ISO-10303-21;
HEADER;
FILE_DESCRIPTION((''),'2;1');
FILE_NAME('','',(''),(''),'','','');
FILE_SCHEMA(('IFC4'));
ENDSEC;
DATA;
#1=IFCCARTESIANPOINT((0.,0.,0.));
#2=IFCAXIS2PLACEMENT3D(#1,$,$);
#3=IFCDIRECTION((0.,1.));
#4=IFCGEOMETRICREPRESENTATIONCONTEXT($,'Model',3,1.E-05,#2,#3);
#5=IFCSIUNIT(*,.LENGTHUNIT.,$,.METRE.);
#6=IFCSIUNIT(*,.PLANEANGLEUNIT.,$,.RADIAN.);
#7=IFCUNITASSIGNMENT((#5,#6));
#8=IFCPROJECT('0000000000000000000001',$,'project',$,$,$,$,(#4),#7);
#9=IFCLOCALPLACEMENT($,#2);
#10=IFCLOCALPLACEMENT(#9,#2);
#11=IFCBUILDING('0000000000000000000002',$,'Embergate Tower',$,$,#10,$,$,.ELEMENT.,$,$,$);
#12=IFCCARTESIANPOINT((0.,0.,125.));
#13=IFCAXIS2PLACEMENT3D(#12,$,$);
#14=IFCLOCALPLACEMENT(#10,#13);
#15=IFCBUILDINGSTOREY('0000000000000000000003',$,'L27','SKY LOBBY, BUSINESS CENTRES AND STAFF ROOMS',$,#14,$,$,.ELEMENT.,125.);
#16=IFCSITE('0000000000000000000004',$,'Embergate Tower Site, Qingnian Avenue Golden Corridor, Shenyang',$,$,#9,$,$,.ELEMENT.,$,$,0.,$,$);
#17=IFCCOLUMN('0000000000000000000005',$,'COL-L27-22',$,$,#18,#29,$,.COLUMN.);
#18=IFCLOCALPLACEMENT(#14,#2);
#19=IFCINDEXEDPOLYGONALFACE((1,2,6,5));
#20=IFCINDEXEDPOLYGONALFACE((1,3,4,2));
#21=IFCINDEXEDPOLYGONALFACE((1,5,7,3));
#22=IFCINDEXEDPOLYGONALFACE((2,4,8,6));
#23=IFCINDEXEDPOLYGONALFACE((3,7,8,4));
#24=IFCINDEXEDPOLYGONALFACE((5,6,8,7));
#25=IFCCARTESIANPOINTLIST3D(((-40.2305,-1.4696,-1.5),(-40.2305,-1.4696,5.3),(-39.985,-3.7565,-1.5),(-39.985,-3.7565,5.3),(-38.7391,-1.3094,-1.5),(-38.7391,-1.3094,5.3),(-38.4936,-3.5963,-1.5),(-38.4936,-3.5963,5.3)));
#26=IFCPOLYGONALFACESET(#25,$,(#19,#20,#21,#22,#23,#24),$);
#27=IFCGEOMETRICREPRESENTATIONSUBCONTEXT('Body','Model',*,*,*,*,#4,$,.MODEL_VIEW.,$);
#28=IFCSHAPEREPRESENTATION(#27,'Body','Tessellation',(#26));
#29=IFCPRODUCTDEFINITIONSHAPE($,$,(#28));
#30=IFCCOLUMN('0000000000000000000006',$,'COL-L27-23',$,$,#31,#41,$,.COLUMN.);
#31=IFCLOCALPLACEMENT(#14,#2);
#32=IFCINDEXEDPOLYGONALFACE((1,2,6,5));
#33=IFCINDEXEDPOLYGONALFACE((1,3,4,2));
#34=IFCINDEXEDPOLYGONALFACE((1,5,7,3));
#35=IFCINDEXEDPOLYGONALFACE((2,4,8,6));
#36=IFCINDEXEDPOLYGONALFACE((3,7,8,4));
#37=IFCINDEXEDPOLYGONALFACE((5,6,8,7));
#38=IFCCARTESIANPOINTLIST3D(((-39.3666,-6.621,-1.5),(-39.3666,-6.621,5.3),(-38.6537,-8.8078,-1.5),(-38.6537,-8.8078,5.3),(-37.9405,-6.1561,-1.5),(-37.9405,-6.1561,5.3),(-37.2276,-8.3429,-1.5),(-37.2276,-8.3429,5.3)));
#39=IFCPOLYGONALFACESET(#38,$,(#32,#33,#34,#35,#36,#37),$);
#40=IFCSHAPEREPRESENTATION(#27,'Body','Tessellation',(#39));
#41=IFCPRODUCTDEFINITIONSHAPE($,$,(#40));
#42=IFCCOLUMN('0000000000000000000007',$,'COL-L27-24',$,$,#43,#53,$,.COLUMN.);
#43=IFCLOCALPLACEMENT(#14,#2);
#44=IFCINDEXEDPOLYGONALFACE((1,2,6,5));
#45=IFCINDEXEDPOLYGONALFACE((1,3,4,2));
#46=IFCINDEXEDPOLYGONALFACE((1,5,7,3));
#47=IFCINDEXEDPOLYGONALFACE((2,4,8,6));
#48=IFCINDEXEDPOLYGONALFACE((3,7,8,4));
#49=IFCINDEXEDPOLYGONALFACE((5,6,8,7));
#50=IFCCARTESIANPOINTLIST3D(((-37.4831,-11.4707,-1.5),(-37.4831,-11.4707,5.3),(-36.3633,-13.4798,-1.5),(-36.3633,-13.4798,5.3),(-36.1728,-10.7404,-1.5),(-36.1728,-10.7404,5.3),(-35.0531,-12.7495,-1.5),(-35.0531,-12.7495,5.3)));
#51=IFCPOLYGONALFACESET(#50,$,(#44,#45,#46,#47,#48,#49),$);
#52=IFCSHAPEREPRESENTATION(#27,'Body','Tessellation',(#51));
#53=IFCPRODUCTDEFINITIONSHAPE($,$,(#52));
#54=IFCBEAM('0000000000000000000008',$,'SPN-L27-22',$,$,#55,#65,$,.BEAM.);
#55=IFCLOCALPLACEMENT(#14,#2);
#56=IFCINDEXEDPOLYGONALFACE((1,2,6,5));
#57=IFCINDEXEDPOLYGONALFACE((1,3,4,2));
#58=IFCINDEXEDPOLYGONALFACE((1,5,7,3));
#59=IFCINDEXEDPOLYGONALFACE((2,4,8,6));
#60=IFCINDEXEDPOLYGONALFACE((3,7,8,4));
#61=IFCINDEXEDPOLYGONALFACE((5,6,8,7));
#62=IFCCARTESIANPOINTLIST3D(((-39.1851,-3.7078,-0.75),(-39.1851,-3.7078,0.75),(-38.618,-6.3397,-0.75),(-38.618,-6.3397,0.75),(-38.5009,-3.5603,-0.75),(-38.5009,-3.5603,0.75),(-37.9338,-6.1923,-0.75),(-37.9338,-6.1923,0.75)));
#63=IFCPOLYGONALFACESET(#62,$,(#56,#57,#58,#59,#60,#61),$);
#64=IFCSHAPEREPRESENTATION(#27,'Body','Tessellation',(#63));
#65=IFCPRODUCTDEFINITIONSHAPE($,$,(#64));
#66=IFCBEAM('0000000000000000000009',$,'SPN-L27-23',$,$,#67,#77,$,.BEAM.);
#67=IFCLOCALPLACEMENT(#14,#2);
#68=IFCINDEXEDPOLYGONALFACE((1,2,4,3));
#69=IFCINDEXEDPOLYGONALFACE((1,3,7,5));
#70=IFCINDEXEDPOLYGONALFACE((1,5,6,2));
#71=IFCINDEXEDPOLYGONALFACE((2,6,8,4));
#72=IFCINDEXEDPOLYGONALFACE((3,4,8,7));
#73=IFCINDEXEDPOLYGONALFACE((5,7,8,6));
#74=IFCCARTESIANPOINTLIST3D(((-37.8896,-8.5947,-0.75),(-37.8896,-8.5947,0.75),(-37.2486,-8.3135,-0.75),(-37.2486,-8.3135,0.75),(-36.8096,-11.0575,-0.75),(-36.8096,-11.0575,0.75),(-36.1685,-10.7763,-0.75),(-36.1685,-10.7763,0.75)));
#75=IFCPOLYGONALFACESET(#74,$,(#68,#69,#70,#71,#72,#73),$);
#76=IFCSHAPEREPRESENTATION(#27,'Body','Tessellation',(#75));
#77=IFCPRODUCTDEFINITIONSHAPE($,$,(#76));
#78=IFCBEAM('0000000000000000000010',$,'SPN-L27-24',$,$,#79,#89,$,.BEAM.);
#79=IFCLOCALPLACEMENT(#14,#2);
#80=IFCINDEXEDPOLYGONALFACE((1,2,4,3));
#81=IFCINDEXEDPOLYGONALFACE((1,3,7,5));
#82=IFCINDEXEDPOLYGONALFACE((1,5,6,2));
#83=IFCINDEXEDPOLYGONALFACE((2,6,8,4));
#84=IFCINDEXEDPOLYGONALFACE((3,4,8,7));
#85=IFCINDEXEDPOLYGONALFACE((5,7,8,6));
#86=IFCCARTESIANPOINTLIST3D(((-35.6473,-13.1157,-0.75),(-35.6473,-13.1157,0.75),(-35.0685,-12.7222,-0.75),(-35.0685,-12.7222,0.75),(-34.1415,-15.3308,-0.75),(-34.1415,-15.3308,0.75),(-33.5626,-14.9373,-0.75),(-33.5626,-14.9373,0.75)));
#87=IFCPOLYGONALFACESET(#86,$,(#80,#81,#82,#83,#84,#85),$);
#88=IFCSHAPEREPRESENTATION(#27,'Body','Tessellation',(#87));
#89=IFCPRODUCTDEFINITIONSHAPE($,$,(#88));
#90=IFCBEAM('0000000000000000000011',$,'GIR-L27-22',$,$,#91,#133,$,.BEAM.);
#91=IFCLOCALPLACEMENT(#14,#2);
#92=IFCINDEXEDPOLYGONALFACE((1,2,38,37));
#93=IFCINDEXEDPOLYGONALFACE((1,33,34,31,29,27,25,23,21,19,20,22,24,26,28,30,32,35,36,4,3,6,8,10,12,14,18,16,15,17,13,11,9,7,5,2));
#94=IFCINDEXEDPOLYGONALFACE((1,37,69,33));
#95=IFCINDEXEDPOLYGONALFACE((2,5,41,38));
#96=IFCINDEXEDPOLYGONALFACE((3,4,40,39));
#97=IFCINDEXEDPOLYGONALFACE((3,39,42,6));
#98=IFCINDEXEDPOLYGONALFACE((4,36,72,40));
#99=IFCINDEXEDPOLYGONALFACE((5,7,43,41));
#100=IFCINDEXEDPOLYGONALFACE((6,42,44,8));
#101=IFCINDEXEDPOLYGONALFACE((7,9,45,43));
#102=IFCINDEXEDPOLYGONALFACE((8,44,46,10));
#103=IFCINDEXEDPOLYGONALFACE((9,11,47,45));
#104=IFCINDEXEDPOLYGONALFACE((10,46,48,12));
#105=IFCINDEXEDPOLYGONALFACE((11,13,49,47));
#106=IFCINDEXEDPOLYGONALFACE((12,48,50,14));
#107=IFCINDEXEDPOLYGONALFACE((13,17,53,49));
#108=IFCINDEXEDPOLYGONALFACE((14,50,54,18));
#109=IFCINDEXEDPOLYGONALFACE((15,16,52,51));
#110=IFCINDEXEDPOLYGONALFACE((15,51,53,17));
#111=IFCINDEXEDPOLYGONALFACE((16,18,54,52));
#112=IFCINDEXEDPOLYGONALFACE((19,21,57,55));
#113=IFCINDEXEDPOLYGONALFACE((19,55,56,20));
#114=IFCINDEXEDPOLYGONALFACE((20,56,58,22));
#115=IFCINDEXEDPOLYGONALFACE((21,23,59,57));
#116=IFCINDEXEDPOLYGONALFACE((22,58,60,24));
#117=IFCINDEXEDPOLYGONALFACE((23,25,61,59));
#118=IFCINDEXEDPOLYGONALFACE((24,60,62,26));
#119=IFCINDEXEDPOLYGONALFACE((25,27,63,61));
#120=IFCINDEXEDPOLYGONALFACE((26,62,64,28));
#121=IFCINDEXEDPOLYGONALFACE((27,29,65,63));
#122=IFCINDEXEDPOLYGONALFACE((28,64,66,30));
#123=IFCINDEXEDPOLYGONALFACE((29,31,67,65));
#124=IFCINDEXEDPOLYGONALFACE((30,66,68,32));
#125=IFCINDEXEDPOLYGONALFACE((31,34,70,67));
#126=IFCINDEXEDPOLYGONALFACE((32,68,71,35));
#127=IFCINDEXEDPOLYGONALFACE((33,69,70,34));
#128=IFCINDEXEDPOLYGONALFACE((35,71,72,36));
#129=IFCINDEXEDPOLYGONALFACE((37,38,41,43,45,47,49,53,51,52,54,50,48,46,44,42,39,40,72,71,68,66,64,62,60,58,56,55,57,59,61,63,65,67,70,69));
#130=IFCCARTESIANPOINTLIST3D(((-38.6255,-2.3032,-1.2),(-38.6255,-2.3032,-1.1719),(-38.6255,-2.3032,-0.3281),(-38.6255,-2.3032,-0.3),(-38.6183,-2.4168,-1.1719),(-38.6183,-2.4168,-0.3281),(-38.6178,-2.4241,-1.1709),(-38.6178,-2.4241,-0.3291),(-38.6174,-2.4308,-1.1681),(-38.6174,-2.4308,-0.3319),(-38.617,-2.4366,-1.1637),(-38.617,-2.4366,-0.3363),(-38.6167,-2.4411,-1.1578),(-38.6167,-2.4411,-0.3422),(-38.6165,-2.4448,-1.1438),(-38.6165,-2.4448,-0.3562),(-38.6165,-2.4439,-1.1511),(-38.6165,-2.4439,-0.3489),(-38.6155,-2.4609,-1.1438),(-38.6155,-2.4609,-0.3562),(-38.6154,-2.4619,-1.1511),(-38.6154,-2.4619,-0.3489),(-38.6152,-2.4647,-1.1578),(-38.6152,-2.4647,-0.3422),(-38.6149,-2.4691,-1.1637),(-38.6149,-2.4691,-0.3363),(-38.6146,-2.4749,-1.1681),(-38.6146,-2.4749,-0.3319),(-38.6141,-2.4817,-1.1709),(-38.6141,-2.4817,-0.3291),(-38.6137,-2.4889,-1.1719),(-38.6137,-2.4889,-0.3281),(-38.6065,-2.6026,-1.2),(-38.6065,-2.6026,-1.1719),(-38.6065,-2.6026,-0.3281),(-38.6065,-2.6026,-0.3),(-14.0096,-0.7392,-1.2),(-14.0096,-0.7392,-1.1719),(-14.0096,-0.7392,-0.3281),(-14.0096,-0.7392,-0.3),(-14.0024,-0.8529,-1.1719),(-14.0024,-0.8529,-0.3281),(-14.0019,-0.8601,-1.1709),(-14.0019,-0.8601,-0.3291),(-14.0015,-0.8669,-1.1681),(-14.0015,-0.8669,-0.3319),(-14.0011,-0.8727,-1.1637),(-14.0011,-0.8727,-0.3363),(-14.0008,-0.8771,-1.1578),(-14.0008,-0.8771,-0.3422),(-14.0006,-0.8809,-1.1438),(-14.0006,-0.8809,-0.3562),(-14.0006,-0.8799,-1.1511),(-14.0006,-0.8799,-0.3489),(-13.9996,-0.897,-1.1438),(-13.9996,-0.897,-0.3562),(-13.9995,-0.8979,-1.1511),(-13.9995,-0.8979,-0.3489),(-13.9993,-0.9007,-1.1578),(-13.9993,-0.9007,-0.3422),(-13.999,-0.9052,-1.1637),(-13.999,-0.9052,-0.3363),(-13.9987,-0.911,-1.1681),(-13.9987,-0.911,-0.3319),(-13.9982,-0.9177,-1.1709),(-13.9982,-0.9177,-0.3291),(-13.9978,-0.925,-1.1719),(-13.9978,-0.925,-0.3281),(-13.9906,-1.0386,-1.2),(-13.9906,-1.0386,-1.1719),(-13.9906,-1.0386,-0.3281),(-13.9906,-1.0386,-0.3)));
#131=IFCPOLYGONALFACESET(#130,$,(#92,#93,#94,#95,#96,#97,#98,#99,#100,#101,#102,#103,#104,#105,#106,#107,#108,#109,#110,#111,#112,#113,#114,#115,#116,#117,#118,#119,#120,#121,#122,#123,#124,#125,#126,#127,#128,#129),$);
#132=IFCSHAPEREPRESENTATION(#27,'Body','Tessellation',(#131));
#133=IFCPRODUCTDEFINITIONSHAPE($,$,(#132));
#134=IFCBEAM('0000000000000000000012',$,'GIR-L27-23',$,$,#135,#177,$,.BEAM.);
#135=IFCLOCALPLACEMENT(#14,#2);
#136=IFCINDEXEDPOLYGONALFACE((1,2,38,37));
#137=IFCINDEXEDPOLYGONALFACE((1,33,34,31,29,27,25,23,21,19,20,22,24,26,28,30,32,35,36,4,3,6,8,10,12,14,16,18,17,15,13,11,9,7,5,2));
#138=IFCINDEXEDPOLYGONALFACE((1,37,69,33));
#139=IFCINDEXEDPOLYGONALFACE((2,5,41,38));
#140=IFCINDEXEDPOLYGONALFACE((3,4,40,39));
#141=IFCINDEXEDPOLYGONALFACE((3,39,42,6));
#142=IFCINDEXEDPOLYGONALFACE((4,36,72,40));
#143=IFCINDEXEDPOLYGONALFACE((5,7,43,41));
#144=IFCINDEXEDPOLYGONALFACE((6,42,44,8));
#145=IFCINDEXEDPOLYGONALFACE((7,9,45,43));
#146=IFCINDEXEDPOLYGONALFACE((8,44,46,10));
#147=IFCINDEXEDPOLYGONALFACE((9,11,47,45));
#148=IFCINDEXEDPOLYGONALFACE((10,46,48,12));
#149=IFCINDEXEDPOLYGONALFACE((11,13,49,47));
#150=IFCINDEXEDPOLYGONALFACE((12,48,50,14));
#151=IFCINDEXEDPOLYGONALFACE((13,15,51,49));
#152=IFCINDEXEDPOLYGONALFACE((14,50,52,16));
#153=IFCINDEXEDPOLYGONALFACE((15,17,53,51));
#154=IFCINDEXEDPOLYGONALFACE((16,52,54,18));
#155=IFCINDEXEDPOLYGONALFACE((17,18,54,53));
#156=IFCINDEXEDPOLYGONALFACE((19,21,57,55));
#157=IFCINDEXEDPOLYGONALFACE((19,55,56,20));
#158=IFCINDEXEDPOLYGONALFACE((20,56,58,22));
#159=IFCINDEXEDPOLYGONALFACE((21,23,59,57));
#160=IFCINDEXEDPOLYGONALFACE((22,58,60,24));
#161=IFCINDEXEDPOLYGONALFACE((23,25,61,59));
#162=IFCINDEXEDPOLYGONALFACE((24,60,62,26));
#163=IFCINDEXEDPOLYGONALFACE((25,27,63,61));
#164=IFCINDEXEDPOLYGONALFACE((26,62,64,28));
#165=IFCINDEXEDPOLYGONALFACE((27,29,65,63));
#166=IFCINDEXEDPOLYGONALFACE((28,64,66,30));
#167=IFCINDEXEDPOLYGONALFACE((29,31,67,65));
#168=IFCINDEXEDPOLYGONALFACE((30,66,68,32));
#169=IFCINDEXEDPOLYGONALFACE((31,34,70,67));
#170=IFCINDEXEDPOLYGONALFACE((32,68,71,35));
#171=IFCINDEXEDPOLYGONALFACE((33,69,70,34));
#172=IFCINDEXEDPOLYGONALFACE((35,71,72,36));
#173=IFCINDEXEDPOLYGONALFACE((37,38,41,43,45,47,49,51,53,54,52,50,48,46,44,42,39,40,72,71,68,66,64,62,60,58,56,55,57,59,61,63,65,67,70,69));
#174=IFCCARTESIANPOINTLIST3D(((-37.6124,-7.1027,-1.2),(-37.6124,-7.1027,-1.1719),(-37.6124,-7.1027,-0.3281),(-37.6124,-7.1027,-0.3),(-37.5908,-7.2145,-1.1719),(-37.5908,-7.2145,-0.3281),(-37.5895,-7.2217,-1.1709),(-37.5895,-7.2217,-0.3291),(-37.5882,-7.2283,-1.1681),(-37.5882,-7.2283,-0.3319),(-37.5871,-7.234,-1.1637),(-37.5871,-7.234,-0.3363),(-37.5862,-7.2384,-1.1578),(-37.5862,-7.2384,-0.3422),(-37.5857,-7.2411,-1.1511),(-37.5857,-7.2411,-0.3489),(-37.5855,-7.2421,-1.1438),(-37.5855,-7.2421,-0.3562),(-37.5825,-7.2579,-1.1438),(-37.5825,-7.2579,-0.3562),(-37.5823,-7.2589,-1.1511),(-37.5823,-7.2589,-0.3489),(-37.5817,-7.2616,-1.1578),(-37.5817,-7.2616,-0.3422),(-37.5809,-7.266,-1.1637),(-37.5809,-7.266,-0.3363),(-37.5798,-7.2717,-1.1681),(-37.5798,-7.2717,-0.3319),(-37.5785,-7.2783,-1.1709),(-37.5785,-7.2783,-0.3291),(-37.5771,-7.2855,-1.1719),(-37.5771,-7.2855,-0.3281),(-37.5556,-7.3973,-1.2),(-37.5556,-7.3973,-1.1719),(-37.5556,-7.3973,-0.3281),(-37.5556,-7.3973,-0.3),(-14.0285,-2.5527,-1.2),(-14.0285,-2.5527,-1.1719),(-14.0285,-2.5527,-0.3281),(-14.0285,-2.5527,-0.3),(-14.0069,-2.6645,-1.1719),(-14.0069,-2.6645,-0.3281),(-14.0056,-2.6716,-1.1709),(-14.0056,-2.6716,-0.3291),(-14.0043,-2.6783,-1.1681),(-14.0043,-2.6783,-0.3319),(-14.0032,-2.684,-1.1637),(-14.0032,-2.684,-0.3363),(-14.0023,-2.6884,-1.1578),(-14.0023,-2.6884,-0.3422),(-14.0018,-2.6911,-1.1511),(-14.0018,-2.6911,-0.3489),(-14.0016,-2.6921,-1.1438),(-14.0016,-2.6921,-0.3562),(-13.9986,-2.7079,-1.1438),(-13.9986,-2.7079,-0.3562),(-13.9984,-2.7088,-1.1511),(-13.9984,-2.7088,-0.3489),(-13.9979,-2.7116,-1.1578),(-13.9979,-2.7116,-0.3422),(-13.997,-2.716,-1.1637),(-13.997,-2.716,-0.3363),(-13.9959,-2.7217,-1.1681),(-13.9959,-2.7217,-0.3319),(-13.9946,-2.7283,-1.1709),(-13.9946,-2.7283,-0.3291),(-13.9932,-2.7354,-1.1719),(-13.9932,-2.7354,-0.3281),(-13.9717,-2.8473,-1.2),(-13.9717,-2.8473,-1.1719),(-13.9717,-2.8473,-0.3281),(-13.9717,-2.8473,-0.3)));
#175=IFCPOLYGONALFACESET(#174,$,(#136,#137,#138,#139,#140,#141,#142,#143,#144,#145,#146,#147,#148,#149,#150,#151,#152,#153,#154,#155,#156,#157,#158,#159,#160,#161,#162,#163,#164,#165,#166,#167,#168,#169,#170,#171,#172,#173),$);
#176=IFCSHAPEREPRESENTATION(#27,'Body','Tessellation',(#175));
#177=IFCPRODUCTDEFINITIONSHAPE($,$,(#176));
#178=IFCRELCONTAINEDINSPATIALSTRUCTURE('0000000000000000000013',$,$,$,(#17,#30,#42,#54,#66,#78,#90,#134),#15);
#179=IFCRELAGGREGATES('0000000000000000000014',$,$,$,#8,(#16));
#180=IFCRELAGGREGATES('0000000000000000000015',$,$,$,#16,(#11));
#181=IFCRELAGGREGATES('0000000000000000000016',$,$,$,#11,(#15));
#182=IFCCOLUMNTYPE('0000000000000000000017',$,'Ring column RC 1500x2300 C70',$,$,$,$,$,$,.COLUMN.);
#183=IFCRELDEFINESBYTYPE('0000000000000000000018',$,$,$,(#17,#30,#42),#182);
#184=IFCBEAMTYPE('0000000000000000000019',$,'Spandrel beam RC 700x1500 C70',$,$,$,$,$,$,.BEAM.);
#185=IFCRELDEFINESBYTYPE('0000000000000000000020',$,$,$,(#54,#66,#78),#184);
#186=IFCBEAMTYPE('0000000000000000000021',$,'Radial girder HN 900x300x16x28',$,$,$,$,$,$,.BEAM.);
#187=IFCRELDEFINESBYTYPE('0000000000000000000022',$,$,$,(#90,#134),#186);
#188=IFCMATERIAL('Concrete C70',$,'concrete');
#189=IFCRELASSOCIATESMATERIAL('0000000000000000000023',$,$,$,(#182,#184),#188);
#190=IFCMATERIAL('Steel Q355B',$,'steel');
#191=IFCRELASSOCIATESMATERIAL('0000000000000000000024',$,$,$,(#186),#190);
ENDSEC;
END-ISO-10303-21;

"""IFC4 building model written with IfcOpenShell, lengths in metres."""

from ifc_helpers import new_model, si_unit, direction, frame, origin, origin_2d, place, context, subcontext, project, spatial, rectangle, i_section, extrude, source, transform, mapped, material, material_profile, profile_set, type_object, element, save


model = new_model("IFC4")

# Units and contexts
model_context = context("Model", 3, precision=1e-05, world=origin(), true_north=direction((0.0, 1.0)))
body_context = subcontext(model_context, "Body", "Model", "MODEL_VIEW")
ifc_project = project(units=[si_unit("LENGTHUNIT", "METRE"), si_unit("PLANEANGLEUNIT", "RADIAN")], contexts=[model_context])

# Site, building, storey
site_placement = place(None, origin())
site = spatial("IfcSite", under=ifc_project, at=site_placement, Name="Embergate Tower Site, Qingnian Avenue Golden Corridor, Shenyang", CompositionType="ELEMENT", RefElevation=0.0)
building_placement = place(site_placement, origin())
building = spatial("IfcBuilding", under=site, at=building_placement, Name="Embergate Tower", CompositionType="ELEMENT")
storey_placement = place(building_placement, frame((0.0, 0.0, 125.0)))
storey = spatial("IfcBuildingStorey", under=building, at=storey_placement, Name="L27", Description="SKY LOBBY, BUSINESS CENTRES AND STAFF ROOMS", CompositionType="ELEMENT", Elevation=125.0)

# Columns
ifc_material_1 = material(Name="Concrete C70", Category="concrete")
ifc_material_profile_1 = material_profile(ifc_material_1, rectangle(XDim=1.5, YDim=2.3, at=origin_2d()), Name="RC 1500x2300")
ifc_profile_set_1 = profile_set([ifc_material_profile_1], Name="Concrete C70")
column_type = type_object("IfcColumnType", Name="Ring column RC 1500x2300 C70", PredefinedType="COLUMN", material=ifc_profile_set_1)
shared_shape_1 = source(origin(), body_context, "Body", "SweptSolid", [
    extrude(rectangle(XDim=1.5, YDim=2.3, at=origin_2d()), origin(), (0.0, 0.0, 1.0), 6.8),
])
for number, where, z_axis, x_axis, name in (
    (1, (-39.3621, -2.533, -1.5), (0.0, 0.0, 1.0), (-0.994286, -0.10675, 0.0), "COL-L27-22"),
    (2, (-38.2971, -7.4819, -1.5), (0.0, 0.0, 1.0), (-0.950754, -0.309946, 0.0), "COL-L27-23"),
    (3, (-36.2681, -12.1101, -1.5), (0.0, 0.0, 1.0), (-0.873492, -0.486839, 0.0), "COL-L27-24"),
):
    element("IfcColumn", number, at=place(storey_placement, frame(where, z_axis=z_axis, x_axis=x_axis)), inside=storey, type_object=column_type, Name=name, PredefinedType="COLUMN", context=body_context, shape_type="MappedRepresentation", body=[
        mapped(shared_shape_1, transform((0.0, 0.0, 0.0))),
    ])

# Beams
ifc_material_profile_2 = material_profile(ifc_material_1, rectangle(XDim=0.7, YDim=1.5, at=origin_2d()), Name="RC 700x1500")
ifc_profile_set_2 = profile_set([ifc_material_profile_2], Name="Concrete C70")
beam_type_1 = type_object("IfcBeamType", Name="Spandrel beam RC 700x1500 C70", PredefinedType="BEAM", material=ifc_profile_set_2)
shared_shape_2 = source(origin(), body_context, "Body", "SweptSolid", [
    extrude(rectangle(XDim=0.7, YDim=1.5, at=origin_2d()), origin(), (0.0, 0.0, 1.0), 2.6924),
])
beam_1_placement = place(storey_placement, frame((-38.843, -3.634, 0.0), z_axis=(0.210637, -0.977564, 0.0), x_axis=(0.977564, 0.210637, 0.0)))
element("IfcBeam", 4, at=beam_1_placement, inside=storey, type_object=beam_type_1, Name="SPN-L27-22", PredefinedType="BEAM", context=body_context, shape_type="MappedRepresentation", body=[
    mapped(shared_shape_2, transform((0.0, 0.0, 0.0))),
])
shared_shape_3 = source(origin(), body_context, "Body", "SweptSolid", [
    extrude(rectangle(XDim=0.7, YDim=1.5, at=origin_2d()), origin(), (0.0, 0.0, 1.0), 2.6892),
])
beam_2_placement = place(storey_placement, frame((-37.5691, -8.4541, 0.0), z_axis=(0.401619, -0.915807, 0.0), x_axis=(0.915807, 0.401619, 0.0)))
element("IfcBeam", 5, at=beam_2_placement, inside=storey, type_object=beam_type_1, Name="SPN-L27-23", PredefinedType="BEAM", context=body_context, shape_type="MappedRepresentation", body=[
    mapped(shared_shape_3, transform((0.0, 0.0, 0.0))),
])
shared_shape_4 = source(origin(), body_context, "Body", "SweptSolid", [
    extrude(rectangle(XDim=0.7, YDim=1.5, at=origin_2d()), origin(), (0.0, 0.0, 1.0), 2.6785),
])
beam_3_placement = place(storey_placement, frame((-35.3579, -12.9189, 0.0), z_axis=(0.562208, -0.826996, 0.0), x_axis=(0.826996, 0.562208, 0.0)))
element("IfcBeam", 6, at=beam_3_placement, inside=storey, type_object=beam_type_1, Name="SPN-L27-24", PredefinedType="BEAM", context=body_context, shape_type="MappedRepresentation", body=[
    mapped(shared_shape_4, transform((0.0, 0.0, 0.0))),
])
ifc_material_2 = material(Name="Steel Q355B", Category="steel")
ifc_material_profile_3 = material_profile(ifc_material_2, i_section(OverallWidth=0.3, OverallDepth=0.8999, WebThickness=0.0161, FlangeThickness=0.0281, FilletRadius=0.0281, at=origin_2d()), Name="HN 900x300x16x28")
ifc_profile_set_3 = profile_set([ifc_material_profile_3], Name="Steel Q355 grade B")
beam_type_2 = type_object("IfcBeamType", Name="Radial girder HN 900x300x16x28", PredefinedType="BEAM", material=ifc_profile_set_3)
shared_shape_5 = source(origin(), body_context, "Body", "SweptSolid", [
    extrude(i_section(OverallWidth=0.3, OverallDepth=0.8999, WebThickness=0.0161, FlangeThickness=0.0281, FilletRadius=0.0281, at=origin_2d()), origin(), (0.0, 0.0, 1.0), 24.6655),
])
beam_4_placement = place(storey_placement, frame((-38.616, -2.4529, -0.75), z_axis=(0.997988, 0.063407, 0.0), x_axis=(-0.063407, 0.997988, 0.0)))
element("IfcBeam", 7, at=beam_4_placement, inside=storey, type_object=beam_type_2, Name="GIR-L27-22", PredefinedType="BEAM", context=body_context, shape_type="MappedRepresentation", body=[
    mapped(shared_shape_5, transform((0.0, 0.0, 0.0))),
])
shared_shape_6 = source(origin(), body_context, "Body", "SweptSolid", [
    extrude(i_section(OverallWidth=0.3, OverallDepth=0.8999, WebThickness=0.0161, FlangeThickness=0.0281, FilletRadius=0.0281, at=origin_2d()), origin(), (0.0, 0.0, 1.0), 24.0188),
])
beam_5_placement = place(storey_placement, frame((-37.584, -7.25, -0.75), z_axis=(0.981893, 0.189436, 0.0), x_axis=(-0.189436, 0.981893, 0.0)))
element("IfcBeam", 8, at=beam_5_placement, inside=storey, type_object=beam_type_2, Name="GIR-L27-23", PredefinedType="BEAM", context=body_context, shape_type="MappedRepresentation", body=[
    mapped(shared_shape_6, transform((0.0, 0.0, 0.0))),
])

save(model, "model.ifc")
